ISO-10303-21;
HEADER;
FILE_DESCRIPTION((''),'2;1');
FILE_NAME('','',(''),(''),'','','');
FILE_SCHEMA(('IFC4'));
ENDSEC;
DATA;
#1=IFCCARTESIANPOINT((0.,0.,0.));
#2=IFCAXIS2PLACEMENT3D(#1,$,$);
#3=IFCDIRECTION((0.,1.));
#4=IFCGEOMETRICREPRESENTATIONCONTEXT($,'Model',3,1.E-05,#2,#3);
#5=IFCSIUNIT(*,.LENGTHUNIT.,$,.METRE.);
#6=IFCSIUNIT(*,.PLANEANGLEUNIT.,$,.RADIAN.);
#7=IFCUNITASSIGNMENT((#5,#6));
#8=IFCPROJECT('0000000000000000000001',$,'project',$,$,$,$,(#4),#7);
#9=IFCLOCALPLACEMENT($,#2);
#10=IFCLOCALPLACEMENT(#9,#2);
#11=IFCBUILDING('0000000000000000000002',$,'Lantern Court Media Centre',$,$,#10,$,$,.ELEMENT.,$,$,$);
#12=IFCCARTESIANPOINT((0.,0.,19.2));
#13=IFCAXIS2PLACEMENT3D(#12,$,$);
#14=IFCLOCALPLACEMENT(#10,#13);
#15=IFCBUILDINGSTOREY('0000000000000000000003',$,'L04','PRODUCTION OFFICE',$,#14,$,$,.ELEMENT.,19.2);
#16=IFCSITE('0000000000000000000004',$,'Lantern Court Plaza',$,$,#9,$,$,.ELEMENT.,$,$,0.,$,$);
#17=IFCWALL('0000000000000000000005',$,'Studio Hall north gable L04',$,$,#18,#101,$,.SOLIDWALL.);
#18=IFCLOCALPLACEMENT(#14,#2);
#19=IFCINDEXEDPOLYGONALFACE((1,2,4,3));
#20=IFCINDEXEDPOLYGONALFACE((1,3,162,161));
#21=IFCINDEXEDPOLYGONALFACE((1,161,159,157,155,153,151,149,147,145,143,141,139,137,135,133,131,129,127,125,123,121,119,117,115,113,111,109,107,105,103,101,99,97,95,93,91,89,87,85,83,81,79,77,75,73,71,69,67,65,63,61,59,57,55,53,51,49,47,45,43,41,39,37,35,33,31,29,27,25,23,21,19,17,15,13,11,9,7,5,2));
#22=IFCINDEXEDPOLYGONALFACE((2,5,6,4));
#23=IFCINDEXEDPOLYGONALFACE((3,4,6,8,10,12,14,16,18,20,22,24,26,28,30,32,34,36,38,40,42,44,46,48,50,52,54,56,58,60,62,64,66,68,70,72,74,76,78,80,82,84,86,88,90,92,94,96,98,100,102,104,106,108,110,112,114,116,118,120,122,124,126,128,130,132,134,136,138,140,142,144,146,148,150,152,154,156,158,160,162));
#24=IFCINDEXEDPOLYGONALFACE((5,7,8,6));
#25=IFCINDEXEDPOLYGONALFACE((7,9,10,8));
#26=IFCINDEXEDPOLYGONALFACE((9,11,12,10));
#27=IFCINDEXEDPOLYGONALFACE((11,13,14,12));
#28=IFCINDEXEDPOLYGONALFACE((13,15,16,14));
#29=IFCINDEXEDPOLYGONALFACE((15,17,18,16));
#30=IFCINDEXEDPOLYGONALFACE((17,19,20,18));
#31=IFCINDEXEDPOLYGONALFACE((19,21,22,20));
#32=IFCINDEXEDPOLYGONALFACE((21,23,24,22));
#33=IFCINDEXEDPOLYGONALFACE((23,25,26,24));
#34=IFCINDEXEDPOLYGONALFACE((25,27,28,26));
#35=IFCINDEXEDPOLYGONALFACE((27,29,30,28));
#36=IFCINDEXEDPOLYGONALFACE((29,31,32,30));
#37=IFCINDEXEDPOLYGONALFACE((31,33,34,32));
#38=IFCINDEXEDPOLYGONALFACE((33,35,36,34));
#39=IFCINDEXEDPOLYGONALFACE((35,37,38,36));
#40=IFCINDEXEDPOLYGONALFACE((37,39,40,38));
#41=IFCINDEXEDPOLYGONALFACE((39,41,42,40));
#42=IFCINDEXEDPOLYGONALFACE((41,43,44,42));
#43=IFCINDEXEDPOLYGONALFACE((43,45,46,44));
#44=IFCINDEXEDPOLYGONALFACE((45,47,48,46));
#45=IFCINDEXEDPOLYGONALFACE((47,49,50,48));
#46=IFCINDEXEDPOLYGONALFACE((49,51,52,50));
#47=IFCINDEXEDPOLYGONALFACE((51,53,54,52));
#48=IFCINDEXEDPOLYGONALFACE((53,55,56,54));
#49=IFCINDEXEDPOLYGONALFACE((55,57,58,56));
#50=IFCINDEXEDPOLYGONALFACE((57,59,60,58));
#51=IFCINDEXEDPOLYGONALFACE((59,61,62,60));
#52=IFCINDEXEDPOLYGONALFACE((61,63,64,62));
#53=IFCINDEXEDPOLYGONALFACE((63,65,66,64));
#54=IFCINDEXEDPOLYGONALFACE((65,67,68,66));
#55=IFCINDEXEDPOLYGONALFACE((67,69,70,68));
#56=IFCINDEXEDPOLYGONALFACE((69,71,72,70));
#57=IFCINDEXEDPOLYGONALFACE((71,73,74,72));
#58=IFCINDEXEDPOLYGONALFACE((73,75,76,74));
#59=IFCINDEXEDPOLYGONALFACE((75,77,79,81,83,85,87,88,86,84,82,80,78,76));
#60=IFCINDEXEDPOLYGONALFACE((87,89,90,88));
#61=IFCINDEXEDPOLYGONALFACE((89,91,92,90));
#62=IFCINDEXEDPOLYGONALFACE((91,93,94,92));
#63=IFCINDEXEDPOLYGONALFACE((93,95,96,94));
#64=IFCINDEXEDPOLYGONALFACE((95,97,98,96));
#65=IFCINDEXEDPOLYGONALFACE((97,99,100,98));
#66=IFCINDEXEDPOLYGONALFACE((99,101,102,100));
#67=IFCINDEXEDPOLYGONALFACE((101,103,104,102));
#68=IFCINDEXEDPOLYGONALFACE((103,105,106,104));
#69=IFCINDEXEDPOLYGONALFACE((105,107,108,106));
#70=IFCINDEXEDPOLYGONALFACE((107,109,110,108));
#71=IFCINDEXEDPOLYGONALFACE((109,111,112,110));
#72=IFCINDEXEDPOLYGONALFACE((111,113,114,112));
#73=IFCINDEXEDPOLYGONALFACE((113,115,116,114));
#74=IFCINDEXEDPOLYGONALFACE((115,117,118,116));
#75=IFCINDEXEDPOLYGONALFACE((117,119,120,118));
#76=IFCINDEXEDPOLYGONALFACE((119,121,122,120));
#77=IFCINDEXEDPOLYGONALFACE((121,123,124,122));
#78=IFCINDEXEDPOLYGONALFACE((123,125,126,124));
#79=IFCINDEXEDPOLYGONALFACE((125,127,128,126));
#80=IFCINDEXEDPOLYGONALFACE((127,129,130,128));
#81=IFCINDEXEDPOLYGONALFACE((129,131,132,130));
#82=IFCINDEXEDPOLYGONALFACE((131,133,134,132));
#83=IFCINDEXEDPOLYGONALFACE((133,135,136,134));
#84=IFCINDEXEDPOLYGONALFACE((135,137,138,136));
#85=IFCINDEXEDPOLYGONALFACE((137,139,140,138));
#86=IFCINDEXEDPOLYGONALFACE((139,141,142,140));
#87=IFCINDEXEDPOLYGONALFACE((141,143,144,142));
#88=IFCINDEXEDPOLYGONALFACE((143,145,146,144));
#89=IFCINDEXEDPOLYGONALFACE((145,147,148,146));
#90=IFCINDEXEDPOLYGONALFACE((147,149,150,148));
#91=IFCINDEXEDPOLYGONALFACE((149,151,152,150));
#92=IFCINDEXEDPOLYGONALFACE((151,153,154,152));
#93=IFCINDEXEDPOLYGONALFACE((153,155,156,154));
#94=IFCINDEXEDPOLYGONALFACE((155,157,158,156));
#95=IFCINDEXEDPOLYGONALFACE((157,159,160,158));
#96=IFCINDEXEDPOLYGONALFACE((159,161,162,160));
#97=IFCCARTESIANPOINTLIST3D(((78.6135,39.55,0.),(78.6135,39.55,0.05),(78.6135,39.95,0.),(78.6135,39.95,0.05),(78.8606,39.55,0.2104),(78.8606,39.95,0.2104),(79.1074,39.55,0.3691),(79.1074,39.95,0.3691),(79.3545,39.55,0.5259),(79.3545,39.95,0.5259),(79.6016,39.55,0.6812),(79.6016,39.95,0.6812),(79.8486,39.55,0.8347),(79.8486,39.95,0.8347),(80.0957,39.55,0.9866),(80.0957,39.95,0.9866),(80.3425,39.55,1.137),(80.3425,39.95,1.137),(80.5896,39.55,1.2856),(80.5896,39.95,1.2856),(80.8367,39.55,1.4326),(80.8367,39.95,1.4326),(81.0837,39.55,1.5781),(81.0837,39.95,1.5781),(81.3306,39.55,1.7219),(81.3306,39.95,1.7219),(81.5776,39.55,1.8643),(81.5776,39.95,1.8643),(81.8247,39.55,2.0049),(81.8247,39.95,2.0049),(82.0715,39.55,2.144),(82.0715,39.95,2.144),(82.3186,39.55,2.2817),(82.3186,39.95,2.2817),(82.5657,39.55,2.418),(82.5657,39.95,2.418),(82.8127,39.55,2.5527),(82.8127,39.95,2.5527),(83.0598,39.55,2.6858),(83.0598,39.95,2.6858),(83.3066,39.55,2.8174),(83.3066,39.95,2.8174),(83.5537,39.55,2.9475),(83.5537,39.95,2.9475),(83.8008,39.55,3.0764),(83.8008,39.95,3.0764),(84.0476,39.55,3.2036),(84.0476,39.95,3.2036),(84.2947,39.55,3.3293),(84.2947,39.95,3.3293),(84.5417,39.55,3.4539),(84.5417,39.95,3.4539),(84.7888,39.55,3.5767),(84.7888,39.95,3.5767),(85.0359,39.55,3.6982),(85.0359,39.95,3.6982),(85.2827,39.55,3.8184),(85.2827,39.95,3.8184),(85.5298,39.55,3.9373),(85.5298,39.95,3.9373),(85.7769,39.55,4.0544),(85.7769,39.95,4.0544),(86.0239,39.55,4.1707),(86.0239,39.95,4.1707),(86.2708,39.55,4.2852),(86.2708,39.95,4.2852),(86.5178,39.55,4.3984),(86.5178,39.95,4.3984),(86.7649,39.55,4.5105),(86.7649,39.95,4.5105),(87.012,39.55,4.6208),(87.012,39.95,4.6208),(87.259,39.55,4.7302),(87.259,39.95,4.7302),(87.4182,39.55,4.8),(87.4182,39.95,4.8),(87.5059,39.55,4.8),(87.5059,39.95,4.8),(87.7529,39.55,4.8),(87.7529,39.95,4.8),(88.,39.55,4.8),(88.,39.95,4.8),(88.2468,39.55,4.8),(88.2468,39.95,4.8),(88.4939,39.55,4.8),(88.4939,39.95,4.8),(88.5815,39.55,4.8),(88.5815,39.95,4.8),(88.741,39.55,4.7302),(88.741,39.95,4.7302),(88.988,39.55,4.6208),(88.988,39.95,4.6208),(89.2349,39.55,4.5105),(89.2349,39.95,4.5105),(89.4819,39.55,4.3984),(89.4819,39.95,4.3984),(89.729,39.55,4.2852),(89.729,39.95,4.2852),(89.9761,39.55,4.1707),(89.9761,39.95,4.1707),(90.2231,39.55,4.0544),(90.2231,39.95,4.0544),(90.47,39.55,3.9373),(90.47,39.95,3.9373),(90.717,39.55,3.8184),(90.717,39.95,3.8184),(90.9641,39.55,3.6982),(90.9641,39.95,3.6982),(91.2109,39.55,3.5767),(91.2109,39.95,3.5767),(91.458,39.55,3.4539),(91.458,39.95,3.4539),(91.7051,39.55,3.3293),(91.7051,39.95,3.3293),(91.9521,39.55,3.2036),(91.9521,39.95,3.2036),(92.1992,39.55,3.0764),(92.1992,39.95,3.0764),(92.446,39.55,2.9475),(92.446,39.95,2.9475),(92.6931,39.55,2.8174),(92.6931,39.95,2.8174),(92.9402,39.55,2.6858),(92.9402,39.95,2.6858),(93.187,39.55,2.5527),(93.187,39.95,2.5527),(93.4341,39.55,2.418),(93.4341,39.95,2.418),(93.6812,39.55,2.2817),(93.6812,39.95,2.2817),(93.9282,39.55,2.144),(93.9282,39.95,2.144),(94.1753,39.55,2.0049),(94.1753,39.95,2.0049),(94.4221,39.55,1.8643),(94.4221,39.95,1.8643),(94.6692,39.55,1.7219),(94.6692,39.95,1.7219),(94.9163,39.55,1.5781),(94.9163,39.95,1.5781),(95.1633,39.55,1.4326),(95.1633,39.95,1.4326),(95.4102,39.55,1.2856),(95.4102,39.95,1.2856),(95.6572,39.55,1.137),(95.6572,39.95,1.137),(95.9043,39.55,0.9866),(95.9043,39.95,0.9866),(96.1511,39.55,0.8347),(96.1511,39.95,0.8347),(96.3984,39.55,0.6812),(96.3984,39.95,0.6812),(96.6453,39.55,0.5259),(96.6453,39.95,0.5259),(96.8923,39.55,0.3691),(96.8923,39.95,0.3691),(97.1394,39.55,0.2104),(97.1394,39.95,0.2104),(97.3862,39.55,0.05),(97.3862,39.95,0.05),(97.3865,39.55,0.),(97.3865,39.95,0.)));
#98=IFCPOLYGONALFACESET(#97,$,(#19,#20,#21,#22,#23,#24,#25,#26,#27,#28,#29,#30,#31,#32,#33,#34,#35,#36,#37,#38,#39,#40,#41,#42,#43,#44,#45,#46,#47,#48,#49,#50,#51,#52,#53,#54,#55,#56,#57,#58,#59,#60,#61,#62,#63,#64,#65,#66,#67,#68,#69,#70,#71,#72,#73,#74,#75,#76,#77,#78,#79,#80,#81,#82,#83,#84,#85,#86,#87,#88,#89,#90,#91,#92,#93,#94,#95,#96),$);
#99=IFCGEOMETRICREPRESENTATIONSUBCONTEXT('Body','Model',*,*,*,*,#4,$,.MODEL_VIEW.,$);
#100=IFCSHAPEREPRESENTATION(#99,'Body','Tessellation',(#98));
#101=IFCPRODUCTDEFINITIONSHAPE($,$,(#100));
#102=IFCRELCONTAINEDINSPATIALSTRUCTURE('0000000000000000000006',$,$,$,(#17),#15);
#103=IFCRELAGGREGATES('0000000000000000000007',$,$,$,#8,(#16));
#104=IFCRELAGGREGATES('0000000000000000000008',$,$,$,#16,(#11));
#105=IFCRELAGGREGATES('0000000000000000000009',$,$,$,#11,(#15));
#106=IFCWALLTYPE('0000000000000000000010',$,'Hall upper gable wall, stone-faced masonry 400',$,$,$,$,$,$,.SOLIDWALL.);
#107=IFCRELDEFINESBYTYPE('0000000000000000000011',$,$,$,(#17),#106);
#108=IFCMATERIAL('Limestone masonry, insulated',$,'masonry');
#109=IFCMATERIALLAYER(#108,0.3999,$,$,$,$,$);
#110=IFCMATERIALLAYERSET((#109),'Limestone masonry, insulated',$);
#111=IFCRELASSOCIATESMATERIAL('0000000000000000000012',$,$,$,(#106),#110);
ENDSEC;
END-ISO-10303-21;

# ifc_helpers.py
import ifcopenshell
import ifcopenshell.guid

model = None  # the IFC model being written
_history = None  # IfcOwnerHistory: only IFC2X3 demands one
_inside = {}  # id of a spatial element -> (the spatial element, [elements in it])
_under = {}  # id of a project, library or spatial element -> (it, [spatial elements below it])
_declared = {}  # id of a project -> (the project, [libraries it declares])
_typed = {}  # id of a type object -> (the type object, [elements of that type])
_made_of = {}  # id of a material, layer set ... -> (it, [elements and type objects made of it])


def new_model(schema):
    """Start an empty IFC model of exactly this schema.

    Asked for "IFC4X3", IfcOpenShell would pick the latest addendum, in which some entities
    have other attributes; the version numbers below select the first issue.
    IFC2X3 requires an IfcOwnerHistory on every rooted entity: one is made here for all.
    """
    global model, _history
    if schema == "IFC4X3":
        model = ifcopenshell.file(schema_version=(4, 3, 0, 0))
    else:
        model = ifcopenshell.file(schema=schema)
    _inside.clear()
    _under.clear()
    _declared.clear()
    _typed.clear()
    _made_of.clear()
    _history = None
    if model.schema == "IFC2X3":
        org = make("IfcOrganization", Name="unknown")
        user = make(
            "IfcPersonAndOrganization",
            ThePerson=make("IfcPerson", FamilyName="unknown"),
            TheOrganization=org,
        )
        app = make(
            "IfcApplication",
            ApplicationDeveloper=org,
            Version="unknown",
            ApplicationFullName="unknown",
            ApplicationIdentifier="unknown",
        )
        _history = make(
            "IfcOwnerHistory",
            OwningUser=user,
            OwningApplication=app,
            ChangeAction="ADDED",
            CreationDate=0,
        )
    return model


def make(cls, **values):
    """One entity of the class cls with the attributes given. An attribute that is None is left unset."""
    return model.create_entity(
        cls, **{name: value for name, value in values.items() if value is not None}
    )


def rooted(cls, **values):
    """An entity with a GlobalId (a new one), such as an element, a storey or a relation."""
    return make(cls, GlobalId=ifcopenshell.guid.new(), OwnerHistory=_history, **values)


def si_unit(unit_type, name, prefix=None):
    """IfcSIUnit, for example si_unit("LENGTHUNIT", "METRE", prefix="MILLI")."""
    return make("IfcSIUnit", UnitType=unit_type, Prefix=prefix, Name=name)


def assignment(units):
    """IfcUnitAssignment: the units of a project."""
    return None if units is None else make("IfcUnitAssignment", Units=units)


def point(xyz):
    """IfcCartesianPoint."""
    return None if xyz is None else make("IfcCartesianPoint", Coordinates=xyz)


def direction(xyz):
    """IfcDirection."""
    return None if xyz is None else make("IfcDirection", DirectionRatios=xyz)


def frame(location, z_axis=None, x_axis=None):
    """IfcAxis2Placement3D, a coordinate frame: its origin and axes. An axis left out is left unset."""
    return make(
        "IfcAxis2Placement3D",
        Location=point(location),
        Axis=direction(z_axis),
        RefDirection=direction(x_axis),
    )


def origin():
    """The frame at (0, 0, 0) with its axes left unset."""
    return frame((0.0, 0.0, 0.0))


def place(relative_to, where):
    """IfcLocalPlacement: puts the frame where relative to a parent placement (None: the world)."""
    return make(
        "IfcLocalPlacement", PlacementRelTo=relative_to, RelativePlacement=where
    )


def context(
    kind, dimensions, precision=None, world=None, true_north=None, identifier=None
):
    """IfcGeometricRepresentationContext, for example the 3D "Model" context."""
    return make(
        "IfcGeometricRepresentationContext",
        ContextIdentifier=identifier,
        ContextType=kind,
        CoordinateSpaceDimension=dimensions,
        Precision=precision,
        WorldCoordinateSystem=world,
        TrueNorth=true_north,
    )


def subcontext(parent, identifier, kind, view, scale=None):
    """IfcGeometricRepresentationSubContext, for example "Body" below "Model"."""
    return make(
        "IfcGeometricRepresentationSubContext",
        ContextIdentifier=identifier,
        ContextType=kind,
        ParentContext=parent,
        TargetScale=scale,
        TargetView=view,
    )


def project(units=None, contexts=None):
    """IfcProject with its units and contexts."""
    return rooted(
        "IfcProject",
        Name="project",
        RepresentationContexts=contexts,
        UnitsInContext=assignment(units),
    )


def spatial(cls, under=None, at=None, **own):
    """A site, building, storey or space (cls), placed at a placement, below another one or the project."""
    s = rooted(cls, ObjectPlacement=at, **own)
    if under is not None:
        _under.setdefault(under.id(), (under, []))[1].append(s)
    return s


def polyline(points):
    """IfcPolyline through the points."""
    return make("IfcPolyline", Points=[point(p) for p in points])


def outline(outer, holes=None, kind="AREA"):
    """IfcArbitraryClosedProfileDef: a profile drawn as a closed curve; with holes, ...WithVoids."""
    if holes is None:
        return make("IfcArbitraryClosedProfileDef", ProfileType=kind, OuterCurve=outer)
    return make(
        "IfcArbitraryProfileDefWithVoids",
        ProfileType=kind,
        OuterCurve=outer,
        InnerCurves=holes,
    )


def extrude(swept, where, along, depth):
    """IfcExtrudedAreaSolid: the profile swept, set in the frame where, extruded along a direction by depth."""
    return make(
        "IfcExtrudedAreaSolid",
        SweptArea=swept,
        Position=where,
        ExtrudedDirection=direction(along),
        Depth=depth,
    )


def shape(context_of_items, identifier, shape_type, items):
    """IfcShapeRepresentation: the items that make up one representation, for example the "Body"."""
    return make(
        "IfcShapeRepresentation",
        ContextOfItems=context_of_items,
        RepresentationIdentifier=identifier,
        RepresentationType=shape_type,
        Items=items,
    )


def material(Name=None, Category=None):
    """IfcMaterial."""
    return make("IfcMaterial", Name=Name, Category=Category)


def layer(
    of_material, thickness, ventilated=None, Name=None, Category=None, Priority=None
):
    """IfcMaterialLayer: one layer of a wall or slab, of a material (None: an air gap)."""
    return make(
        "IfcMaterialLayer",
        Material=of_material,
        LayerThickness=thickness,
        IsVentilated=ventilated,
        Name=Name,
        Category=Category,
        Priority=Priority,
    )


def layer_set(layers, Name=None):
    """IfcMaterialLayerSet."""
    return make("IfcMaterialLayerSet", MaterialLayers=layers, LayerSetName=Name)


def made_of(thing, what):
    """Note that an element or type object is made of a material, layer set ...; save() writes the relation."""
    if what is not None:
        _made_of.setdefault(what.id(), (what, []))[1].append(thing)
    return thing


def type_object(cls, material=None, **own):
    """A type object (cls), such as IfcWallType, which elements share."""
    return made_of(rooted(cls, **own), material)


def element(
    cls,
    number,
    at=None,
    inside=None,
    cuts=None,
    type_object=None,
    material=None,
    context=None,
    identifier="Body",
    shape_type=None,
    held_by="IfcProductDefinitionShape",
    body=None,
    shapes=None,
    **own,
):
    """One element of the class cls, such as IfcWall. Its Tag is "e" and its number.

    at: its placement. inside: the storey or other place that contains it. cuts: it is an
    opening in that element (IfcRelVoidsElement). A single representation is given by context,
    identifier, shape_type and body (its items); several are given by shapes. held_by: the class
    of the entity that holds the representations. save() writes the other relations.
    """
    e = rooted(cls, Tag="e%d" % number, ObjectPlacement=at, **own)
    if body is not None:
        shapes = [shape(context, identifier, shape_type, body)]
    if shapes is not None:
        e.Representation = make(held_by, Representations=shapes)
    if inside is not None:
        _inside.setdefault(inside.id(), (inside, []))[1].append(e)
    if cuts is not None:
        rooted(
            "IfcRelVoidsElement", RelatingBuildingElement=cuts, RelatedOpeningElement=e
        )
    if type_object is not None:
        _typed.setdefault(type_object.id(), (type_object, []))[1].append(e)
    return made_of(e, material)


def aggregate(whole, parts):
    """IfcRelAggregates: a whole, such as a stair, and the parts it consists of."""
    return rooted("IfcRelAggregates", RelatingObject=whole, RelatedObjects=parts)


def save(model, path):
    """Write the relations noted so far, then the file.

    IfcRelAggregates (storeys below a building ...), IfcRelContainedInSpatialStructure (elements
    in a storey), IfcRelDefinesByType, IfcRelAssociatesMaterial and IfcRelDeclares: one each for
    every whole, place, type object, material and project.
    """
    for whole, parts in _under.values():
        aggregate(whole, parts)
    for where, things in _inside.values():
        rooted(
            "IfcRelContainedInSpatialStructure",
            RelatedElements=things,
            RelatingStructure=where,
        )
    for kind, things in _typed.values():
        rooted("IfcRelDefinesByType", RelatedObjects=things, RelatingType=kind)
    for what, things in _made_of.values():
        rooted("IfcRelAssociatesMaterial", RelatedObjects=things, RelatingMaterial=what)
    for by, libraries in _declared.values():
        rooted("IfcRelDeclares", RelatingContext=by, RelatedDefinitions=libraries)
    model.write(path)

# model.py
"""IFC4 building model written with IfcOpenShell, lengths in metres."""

from ifc_helpers import new_model, si_unit, direction, frame, origin, place, context, subcontext, project, spatial, polyline, outline, extrude, material, layer, layer_set, type_object, element, save


model = new_model("IFC4")

# Units and contexts
model_context = context("Model", 3, precision=1e-05, world=origin(), true_north=direction((0.0, 1.0)))
body_context = subcontext(model_context, "Body", "Model", "MODEL_VIEW")
ifc_project = project(units=[si_unit("LENGTHUNIT", "METRE"), si_unit("PLANEANGLEUNIT", "RADIAN")], contexts=[model_context])

# Site, building, storey
site_placement = place(None, origin())
site = spatial("IfcSite", under=ifc_project, at=site_placement, Name="Lantern Court Plaza", CompositionType="ELEMENT", RefElevation=0.0)
building_placement = place(site_placement, origin())
building = spatial("IfcBuilding", under=site, at=building_placement, Name="Lantern Court Media Centre", CompositionType="ELEMENT")
storey_placement = place(building_placement, frame((0.0, 0.0, 19.2)))
storey = spatial("IfcBuildingStorey", under=building, at=storey_placement, Name="L04", Description="PRODUCTION OFFICE", CompositionType="ELEMENT", Elevation=19.2)

# Wall
ifc_material_1 = material(Name="Limestone masonry, insulated", Category="masonry")
ifc_layer_1 = layer(ifc_material_1, 0.3999)
ifc_layer_set_1 = layer_set([ifc_layer_1], Name="Limestone masonry, insulated")
wall_type_1 = type_object("IfcWallType", Name="Hall upper gable wall, stone-faced masonry 400", PredefinedType="SOLIDWALL", material=ifc_layer_set_1)
wall_1_placement = place(storey_placement, frame((78.6135, 39.75, 0.0), z_axis=(0.0, 0.0, 1.0), x_axis=(1.0, 0.0, 0.0)))
element("IfcWall", 1, at=wall_1_placement, inside=storey, type_object=wall_type_1, Name="Studio Hall north gable L04", PredefinedType="SOLIDWALL", context=body_context, shape_type="SweptSolid", body=[
    extrude(outline(polyline([(0.0, 0.0), (18.7729, 0.0), (18.7727, 0.05), (18.5259, 0.2104), (18.2788, 0.3691), (18.0317, 0.5259), (17.7849, 0.6812), (17.5376, 0.8347), (17.2908, 0.9866), (17.0437, 1.137), (16.7966, 1.2856), (16.5498, 1.4326), (16.3027, 1.5781), (16.0557, 1.7219), (15.8086, 1.8643), (15.5618, 2.0049), (15.3147, 2.144), (15.0676, 2.2817), (14.8206, 2.418), (14.5735, 2.5527), (14.3267, 2.6858), (14.0796, 2.8174), (13.8325, 2.9475), (13.5857, 3.0764), (13.3386, 3.2036), (13.0916, 3.3293), (12.8445, 3.4539), (12.5974, 3.5767), (12.3506, 3.6982), (12.1035, 3.8184), (11.8564, 3.9373), (11.6096, 4.0544), (11.3625, 4.1707), (11.1155, 4.2852), (10.8684, 4.3984), (10.6213, 4.5105), (10.3745, 4.6208), (10.1274, 4.7302), (9.968, 4.8), (9.8804, 4.8), (9.6333, 4.8), (9.3865, 4.8), (9.1394, 4.8), (8.8923, 4.8), (8.8047, 4.8), (8.6455, 4.7302), (8.3984, 4.6208), (8.1514, 4.5105), (7.9043, 4.3984), (7.6572, 4.2852), (7.4104, 4.1707), (7.1633, 4.0544), (6.9163, 3.9373), (6.6692, 3.8184), (6.4224, 3.6982), (6.1753, 3.5767), (5.9282, 3.4539), (5.6812, 3.3293), (5.4341, 3.2036), (5.1873, 3.0764), (4.9402, 2.9475), (4.6931, 2.8174), (4.4463, 2.6858), (4.1992, 2.5527), (3.9521, 2.418), (3.7051, 2.2817), (3.458, 2.144), (3.2112, 2.0049), (2.9641, 1.8643), (2.717, 1.7219), (2.4702, 1.5781), (2.2231, 1.4326), (1.9761, 1.2856), (1.729, 1.137), (1.4822, 0.9866), (1.2351, 0.8347), (0.988, 0.6812), (0.741, 0.5259), (0.4939, 0.3691), (0.2471, 0.2104), (0.0, 0.05), (0.0, 0.0)])), frame((0.0, 0.2, 0.0), z_axis=(0.0, -1.0, 0.0), x_axis=(1.0, 0.0, 0.0)), (0.0, 0.0, 1.0), 0.3999),
])

save(model, "model.ifc")
